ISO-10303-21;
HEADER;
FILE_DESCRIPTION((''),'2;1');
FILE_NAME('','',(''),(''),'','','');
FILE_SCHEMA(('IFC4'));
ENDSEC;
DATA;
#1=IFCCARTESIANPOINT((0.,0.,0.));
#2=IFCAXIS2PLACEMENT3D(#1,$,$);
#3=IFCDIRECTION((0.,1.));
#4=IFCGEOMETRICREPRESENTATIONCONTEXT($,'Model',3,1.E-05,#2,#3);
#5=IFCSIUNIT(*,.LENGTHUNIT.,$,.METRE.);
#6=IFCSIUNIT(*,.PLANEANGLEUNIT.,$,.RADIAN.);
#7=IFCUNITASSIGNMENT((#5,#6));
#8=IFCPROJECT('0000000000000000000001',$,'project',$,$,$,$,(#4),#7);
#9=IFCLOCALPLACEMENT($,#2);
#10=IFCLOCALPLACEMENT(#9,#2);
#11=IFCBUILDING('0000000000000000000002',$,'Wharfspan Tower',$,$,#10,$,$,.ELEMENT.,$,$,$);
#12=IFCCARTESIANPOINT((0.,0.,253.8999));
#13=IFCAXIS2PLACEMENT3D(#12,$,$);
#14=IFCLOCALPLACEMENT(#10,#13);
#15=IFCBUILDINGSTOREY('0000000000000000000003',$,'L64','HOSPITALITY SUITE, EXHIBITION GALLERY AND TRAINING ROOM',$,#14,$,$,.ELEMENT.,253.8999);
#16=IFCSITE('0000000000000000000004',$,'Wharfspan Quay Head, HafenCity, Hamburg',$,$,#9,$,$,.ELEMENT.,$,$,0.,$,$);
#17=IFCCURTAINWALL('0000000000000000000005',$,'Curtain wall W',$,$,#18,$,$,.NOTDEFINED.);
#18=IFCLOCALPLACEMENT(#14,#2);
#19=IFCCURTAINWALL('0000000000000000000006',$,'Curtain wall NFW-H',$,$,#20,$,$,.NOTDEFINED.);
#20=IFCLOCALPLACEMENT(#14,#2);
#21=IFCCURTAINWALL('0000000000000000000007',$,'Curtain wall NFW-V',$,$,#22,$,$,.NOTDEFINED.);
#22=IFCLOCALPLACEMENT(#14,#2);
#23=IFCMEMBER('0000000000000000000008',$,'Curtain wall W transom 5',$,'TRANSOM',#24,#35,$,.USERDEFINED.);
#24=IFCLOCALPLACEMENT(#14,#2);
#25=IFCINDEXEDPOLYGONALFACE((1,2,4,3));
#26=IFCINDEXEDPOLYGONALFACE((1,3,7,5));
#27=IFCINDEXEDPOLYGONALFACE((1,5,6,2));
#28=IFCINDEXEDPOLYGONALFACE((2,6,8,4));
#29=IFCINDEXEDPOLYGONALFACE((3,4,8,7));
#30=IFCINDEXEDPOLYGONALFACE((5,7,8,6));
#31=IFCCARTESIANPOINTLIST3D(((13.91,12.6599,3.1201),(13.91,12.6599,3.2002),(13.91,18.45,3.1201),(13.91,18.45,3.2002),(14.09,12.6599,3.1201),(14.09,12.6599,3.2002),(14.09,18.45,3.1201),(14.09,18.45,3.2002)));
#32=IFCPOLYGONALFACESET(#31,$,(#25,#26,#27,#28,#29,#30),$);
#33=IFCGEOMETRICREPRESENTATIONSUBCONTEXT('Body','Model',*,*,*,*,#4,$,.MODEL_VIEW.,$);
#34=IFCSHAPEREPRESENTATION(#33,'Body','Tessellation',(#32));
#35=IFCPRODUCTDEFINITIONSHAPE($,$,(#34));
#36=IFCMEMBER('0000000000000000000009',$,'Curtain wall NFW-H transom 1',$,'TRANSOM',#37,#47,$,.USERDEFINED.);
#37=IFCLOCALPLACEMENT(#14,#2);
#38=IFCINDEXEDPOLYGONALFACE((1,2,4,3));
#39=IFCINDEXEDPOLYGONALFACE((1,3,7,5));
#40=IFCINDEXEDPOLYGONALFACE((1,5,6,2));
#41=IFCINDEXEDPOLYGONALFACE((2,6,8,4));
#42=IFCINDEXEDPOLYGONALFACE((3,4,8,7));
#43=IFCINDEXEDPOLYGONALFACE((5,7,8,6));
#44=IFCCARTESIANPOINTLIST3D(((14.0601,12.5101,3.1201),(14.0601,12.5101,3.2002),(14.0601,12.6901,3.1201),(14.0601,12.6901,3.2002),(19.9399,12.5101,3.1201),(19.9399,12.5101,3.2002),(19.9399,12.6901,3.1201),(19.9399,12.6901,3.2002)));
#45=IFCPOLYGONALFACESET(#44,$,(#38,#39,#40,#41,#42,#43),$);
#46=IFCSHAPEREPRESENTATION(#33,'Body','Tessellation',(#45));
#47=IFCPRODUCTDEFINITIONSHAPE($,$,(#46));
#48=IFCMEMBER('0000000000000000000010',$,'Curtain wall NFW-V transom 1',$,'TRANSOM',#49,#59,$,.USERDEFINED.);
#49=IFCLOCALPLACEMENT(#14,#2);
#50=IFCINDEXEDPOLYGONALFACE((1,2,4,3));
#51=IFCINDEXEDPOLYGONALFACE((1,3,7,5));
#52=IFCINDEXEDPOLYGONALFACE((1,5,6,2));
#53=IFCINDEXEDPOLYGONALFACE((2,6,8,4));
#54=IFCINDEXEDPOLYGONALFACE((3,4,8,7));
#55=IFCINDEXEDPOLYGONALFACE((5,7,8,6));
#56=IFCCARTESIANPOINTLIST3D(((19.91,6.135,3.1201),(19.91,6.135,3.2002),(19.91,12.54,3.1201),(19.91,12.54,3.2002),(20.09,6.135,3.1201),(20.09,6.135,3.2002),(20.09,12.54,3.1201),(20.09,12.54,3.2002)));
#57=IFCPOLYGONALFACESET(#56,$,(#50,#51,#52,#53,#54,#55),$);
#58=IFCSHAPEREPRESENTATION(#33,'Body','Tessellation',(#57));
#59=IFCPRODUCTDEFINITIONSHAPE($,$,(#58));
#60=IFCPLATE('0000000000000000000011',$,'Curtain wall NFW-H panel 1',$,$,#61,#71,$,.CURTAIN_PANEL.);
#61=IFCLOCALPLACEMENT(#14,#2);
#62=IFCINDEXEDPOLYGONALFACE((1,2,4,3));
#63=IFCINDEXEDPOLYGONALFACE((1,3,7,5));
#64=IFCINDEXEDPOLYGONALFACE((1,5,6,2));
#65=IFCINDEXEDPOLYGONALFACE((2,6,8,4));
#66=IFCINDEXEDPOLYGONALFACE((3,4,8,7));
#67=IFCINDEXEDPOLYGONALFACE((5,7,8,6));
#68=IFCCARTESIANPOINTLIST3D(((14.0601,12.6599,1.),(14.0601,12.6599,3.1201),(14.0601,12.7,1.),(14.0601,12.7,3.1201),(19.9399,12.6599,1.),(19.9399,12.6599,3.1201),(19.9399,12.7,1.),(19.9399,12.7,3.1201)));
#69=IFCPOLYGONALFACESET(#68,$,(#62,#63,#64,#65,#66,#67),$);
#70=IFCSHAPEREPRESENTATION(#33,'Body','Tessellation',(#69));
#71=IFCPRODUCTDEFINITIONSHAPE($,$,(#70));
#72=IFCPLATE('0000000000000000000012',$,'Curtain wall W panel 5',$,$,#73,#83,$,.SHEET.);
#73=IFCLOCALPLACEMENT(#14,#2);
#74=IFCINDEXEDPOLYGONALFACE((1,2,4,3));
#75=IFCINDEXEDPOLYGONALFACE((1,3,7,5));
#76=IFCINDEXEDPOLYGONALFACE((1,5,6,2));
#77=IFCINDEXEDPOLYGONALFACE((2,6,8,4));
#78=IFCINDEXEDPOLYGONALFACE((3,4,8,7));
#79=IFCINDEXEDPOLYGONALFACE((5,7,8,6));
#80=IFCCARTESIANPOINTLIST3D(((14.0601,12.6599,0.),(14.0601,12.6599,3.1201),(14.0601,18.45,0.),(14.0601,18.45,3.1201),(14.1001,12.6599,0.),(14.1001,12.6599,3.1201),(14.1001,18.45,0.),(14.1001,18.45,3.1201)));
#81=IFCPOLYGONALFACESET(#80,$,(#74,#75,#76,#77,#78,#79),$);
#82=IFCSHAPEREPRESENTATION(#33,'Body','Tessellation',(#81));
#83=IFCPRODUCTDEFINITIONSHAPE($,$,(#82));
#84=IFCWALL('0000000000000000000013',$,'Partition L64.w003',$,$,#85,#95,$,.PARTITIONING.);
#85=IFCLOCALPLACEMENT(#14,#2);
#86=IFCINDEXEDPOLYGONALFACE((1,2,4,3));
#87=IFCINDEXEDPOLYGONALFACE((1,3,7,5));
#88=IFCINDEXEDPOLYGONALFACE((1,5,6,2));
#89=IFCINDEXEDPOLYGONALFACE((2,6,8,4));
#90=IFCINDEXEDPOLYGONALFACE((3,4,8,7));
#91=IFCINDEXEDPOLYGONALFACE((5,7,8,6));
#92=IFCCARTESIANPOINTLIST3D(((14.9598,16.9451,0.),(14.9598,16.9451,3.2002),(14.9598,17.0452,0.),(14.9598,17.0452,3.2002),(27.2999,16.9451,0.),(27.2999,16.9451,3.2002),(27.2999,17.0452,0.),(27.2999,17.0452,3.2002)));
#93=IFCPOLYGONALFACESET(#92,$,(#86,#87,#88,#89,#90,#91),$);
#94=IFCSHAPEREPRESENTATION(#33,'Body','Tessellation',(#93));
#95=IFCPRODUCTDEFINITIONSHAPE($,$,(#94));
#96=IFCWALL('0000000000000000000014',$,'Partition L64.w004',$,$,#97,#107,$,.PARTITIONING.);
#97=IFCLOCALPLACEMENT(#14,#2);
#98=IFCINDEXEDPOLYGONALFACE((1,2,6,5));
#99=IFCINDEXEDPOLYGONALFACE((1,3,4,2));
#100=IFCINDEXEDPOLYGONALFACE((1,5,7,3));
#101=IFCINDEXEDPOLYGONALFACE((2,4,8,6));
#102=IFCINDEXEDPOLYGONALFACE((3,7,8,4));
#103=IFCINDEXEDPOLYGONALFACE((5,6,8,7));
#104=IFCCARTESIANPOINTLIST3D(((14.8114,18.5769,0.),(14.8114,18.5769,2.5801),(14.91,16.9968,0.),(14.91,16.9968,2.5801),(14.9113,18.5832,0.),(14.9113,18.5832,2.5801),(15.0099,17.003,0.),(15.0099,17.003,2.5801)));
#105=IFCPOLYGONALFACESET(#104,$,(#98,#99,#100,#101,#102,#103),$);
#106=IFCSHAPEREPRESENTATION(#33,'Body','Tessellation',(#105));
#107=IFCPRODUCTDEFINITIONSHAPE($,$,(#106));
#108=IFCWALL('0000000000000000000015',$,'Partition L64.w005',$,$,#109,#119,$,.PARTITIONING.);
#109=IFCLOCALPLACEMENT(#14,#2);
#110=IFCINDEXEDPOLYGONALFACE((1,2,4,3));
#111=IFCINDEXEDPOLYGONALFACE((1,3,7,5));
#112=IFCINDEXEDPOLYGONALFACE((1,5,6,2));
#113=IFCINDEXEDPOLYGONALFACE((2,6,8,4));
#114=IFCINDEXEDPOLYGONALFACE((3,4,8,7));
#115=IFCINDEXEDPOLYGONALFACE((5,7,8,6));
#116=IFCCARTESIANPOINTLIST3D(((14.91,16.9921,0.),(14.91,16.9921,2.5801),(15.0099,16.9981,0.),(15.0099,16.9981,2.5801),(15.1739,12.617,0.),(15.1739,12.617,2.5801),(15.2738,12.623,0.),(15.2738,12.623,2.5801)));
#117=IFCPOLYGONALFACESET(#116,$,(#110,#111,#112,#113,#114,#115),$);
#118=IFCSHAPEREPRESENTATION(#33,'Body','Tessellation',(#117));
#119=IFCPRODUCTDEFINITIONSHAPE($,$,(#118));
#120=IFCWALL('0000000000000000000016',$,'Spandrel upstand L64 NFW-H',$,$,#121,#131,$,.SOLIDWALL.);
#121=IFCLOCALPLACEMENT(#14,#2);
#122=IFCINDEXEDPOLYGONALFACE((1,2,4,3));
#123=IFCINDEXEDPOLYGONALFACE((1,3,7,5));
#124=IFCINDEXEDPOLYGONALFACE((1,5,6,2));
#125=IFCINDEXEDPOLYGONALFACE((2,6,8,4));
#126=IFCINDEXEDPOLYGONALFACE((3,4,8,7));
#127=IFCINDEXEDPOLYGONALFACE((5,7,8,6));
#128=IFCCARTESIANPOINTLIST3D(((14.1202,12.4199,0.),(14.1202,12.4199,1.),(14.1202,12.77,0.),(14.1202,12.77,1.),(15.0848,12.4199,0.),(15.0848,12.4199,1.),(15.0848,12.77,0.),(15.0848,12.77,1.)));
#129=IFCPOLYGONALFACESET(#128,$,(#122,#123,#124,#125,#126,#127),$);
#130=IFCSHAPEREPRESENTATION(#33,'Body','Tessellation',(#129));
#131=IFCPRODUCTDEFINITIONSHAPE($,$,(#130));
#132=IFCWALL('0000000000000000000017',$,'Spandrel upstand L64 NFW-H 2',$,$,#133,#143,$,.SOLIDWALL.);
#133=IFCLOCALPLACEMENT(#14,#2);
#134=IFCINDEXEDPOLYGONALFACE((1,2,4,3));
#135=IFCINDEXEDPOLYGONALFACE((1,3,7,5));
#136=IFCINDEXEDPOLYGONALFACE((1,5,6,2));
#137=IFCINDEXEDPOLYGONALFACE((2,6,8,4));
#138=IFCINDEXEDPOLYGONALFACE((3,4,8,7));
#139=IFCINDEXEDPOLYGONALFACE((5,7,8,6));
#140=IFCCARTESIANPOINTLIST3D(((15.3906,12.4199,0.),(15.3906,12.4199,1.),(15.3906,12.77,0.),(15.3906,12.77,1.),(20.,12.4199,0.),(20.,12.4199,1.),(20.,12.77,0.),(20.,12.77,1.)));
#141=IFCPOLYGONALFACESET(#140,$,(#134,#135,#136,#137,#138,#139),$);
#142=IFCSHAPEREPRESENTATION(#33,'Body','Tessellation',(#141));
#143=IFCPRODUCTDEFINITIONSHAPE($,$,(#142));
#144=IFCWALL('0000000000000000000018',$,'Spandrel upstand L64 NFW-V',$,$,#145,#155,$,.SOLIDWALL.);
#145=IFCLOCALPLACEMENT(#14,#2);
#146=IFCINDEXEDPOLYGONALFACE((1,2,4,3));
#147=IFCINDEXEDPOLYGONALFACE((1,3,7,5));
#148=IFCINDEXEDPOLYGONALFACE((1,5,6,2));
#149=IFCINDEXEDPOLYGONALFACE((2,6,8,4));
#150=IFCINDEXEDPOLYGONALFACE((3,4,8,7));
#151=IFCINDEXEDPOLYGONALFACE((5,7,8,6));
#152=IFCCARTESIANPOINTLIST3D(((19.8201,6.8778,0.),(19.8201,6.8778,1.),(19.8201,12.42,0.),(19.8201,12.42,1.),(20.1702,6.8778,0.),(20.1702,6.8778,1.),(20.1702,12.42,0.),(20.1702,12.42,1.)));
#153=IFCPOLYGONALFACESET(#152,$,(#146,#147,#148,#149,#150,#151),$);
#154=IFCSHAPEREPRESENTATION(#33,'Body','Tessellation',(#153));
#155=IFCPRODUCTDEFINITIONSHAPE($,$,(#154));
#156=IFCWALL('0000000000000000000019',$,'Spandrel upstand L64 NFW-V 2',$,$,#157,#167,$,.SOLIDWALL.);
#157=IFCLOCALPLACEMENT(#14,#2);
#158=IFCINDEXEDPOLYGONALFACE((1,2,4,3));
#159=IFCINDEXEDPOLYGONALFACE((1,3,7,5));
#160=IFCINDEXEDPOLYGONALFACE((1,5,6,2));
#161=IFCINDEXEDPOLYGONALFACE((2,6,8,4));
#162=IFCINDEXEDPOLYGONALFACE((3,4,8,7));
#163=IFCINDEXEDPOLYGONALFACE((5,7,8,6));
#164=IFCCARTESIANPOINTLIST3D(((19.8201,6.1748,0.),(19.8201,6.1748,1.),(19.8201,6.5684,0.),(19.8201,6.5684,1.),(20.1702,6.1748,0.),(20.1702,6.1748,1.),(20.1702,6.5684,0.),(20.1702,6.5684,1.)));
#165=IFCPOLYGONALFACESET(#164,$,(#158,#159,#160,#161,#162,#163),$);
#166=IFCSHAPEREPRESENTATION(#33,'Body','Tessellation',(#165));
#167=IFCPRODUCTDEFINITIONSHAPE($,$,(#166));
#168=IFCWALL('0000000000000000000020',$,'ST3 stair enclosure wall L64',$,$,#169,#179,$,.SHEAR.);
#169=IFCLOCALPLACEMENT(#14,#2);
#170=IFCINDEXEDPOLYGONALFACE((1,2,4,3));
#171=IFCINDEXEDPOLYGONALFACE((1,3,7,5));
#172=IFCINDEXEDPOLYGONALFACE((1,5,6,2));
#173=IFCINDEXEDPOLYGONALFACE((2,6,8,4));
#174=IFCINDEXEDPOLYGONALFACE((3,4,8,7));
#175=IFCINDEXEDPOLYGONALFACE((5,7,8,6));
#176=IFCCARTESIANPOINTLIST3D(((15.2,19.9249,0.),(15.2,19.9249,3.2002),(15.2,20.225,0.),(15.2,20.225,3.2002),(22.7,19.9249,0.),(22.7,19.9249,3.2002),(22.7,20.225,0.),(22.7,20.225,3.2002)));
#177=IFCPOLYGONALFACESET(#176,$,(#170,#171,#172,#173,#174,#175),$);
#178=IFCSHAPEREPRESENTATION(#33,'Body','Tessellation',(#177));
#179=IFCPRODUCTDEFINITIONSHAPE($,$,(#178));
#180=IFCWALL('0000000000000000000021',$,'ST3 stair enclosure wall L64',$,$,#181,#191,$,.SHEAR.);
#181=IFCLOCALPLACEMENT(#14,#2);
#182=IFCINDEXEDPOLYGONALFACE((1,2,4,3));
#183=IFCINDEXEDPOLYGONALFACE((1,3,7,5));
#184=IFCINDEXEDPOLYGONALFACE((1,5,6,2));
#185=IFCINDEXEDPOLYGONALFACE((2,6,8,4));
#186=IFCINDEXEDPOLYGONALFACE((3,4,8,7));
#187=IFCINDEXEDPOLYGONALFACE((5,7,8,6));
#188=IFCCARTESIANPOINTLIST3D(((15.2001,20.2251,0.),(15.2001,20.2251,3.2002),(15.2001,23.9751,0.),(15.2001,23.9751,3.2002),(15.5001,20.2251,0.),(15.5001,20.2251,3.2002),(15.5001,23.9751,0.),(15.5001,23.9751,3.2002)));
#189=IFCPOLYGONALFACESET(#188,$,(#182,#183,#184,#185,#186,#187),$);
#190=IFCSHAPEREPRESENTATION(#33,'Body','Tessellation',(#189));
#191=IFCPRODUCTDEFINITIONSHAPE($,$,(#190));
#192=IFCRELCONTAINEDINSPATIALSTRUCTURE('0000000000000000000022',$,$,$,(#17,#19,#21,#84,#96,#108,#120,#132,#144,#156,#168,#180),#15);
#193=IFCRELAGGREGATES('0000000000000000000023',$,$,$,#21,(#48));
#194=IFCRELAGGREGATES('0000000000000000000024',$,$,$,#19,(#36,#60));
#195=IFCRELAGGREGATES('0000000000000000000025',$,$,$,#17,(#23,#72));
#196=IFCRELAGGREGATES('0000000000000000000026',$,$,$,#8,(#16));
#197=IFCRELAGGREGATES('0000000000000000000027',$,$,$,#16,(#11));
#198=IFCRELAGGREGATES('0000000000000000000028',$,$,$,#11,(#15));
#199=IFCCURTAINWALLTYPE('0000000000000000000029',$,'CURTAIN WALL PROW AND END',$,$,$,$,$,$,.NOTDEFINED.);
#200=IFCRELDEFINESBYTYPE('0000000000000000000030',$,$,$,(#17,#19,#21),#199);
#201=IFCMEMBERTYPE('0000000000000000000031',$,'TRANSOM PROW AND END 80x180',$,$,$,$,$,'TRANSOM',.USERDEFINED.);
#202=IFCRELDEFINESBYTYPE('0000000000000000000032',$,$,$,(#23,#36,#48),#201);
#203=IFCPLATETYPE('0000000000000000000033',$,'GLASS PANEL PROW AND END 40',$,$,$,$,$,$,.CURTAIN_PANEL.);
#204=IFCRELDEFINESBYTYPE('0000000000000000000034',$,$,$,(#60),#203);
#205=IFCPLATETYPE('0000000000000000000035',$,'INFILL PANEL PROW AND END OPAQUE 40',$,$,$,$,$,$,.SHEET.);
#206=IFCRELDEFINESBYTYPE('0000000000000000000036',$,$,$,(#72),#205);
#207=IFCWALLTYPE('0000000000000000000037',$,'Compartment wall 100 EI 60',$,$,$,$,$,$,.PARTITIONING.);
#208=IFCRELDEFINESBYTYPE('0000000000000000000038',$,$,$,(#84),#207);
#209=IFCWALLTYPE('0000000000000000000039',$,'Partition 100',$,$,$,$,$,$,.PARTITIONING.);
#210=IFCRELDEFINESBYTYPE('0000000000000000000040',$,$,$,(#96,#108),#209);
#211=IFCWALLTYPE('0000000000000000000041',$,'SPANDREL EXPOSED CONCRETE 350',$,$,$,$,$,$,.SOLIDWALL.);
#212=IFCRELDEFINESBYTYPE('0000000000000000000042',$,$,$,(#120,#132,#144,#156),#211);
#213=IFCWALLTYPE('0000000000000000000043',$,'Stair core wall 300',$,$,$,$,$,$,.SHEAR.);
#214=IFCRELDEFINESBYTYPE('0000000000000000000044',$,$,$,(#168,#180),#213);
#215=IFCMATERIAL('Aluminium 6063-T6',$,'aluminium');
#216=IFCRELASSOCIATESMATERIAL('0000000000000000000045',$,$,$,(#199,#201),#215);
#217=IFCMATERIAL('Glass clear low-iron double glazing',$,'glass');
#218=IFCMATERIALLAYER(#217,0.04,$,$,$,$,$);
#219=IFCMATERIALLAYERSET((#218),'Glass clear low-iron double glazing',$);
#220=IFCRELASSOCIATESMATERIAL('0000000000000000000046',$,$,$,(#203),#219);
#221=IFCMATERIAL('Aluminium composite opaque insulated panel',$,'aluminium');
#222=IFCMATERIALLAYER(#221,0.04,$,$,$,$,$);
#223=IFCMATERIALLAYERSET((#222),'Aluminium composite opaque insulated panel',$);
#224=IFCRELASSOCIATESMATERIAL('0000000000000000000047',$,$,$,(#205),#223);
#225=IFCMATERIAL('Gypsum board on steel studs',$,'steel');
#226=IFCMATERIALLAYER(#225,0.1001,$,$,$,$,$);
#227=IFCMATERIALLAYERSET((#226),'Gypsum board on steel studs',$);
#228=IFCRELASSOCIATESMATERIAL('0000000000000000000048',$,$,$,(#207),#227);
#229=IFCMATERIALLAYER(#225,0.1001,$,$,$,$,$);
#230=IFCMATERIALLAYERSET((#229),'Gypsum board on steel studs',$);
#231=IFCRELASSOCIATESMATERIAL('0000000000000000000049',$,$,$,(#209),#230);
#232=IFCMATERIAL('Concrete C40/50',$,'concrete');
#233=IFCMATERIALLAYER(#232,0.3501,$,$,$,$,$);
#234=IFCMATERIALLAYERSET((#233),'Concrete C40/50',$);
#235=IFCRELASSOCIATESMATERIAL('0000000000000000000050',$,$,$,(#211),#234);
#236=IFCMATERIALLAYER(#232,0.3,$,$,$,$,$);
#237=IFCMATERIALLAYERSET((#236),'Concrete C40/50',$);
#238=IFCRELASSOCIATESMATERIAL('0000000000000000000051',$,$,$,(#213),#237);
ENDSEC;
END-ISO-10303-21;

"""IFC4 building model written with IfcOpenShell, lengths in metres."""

from ifc_helpers import new_model, si_unit, direction, frame, frame_2d, origin, origin_2d, place, context, subcontext, project, spatial, rectangle, extrude, material, layer, layer_set, material_profile, profile_set, type_object, element, aggregate, save


model = new_model("IFC4")

# Units and contexts
model_context = context("Model", 3, precision=1e-05, world=origin(), true_north=direction((0.0, 1.0)))
body_context = subcontext(model_context, "Body", "Model", "MODEL_VIEW")
ifc_project = project(units=[si_unit("LENGTHUNIT", "METRE"), si_unit("PLANEANGLEUNIT", "RADIAN")], contexts=[model_context])

# Site, building, storey
site_placement = place(None, origin())
site = spatial("IfcSite", under=ifc_project, at=site_placement, Name="Wharfspan Quay Head, HafenCity, Hamburg", CompositionType="ELEMENT", RefElevation=0.0)
building_placement = place(site_placement, origin())
building = spatial("IfcBuilding", under=site, at=building_placement, Name="Wharfspan Tower", CompositionType="ELEMENT")
storey_placement = place(building_placement, frame((0.0, 0.0, 253.8999)))
storey = spatial("IfcBuildingStorey", under=building, at=storey_placement, Name="L64", Description="HOSPITALITY SUITE, EXHIBITION GALLERY AND TRAINING ROOM", CompositionType="ELEMENT", Elevation=253.8999)

# Curtain walls
ifc_material_1 = material(Name="Aluminium 6063-T6", Category="aluminium")
curtain_wall_type = type_object("IfcCurtainWallType", Name="CURTAIN WALL PROW AND END", PredefinedType="NOTDEFINED", material=ifc_material_1)
curtain_wall_1_placement = place(storey_placement, origin())
curtain_wall_1 = element("IfcCurtainWall", 1, at=curtain_wall_1_placement, inside=storey, type_object=curtain_wall_type, Name="Curtain wall W", PredefinedType="NOTDEFINED")
curtain_wall_2_placement = place(storey_placement, origin())
curtain_wall_2 = element("IfcCurtainWall", 2, at=curtain_wall_2_placement, inside=storey, type_object=curtain_wall_type, Name="Curtain wall NFW-H", PredefinedType="NOTDEFINED")

# Curtain wall
curtain_wall_3_placement = place(storey_placement, origin())
curtain_wall_3 = element("IfcCurtainWall", 3, at=curtain_wall_3_placement, inside=storey, type_object=curtain_wall_type, Name="Curtain wall NFW-V", PredefinedType="NOTDEFINED")

# Members
ifc_material_profile_1 = material_profile(ifc_material_1, rectangle(XDim=0.1799, YDim=0.0801, at=origin_2d()))
ifc_profile_set_1 = profile_set([ifc_material_profile_1], Name="Aluminium 6063-T6")
member_type_1 = type_object("IfcMemberType", Name="TRANSOM PROW AND END 80x180", ElementType="TRANSOM", PredefinedType="USERDEFINED", material=ifc_profile_set_1)
member_1_placement = place(storey_placement, frame((14.0, 18.45, 3.1602), z_axis=(0.0, -1.0, 0.0), x_axis=(1.0, 0.0, 0.0)))
member_1 = element("IfcMember", 4, at=member_1_placement, type_object=member_type_1, Name="Curtain wall W transom 5", ObjectType="TRANSOM", PredefinedType="USERDEFINED", context=body_context, shape_type="SweptSolid", body=[
    extrude(rectangle(XDim=0.1799, YDim=0.0801, at=origin_2d()), origin(), (0.0, 0.0, 1.0), 5.79),
])
member_2_placement = place(storey_placement, frame((14.0601, 12.6001, 3.1602), z_axis=(1.0, 0.0, 0.0), x_axis=(0.0, 1.0, 0.0)))
member_2 = element("IfcMember", 5, at=member_2_placement, type_object=member_type_1, Name="Curtain wall NFW-H transom 1", ObjectType="TRANSOM", PredefinedType="USERDEFINED", context=body_context, shape_type="SweptSolid", body=[
    extrude(rectangle(XDim=0.1799, YDim=0.0801, at=origin_2d()), origin(), (0.0, 0.0, 1.0), 5.8799),
])
member_3_placement = place(storey_placement, frame((20.0, 12.54, 3.1602), z_axis=(0.0, -1.0, 0.0), x_axis=(1.0, 0.0, 0.0)))
member_3 = element("IfcMember", 6, at=member_3_placement, type_object=member_type_1, Name="Curtain wall NFW-V transom 1", ObjectType="TRANSOM", PredefinedType="USERDEFINED", context=body_context, shape_type="SweptSolid", body=[
    extrude(rectangle(XDim=0.1799, YDim=0.0801, at=origin_2d()), origin(), (0.0, 0.0, 1.0), 6.405),
])
aggregate(curtain_wall_3, [member_3])

# Plates
ifc_material_2 = material(Name="Glass clear low-iron double glazing", Category="glass")
ifc_layer_1 = layer(ifc_material_2, 0.04)
ifc_layer_set_1 = layer_set([ifc_layer_1], Name="Glass clear low-iron double glazing")
plate_type_1 = type_object("IfcPlateType", Name="GLASS PANEL PROW AND END 40", PredefinedType="CURTAIN_PANEL", material=ifc_layer_set_1)
plate_1_placement = place(storey_placement, frame((17.0, 12.6799, 1.0), z_axis=(0.0, 0.0, 1.0), x_axis=(1.0, 0.0, 0.0)))
plate_1 = element("IfcPlate", 7, at=plate_1_placement, type_object=plate_type_1, Name="Curtain wall NFW-H panel 1", PredefinedType="CURTAIN_PANEL", context=body_context, shape_type="SweptSolid", body=[
    extrude(rectangle(XDim=5.8799, YDim=0.04, at=origin_2d()), origin(), (0.0, 0.0, 1.0), 2.1201),
])
aggregate(curtain_wall_2, [member_2, plate_1])
ifc_material_3 = material(Name="Aluminium composite opaque insulated panel", Category="aluminium")
ifc_layer_2 = layer(ifc_material_3, 0.04)
ifc_layer_set_2 = layer_set([ifc_layer_2], Name="Aluminium composite opaque insulated panel")
plate_type_2 = type_object("IfcPlateType", Name="INFILL PANEL PROW AND END OPAQUE 40", PredefinedType="SHEET", material=ifc_layer_set_2)
plate_2_placement = place(storey_placement, frame((14.0801, 15.5549, 0.0), z_axis=(0.0, 0.0, 1.0), x_axis=(0.0, -1.0, 0.0)))
plate_2 = element("IfcPlate", 8, at=plate_2_placement, type_object=plate_type_2, Name="Curtain wall W panel 5", PredefinedType="SHEET", context=body_context, shape_type="SweptSolid", body=[
    extrude(rectangle(XDim=5.79, YDim=0.04, at=origin_2d()), origin(), (0.0, 0.0, 1.0), 3.1201),
])
aggregate(curtain_wall_1, [member_1, plate_2])

# Walls
ifc_material_4 = material(Name="Gypsum board on steel studs", Category="steel")
ifc_layer_3 = layer(ifc_material_4, 0.1001)
ifc_layer_set_3 = layer_set([ifc_layer_3], Name="Gypsum board on steel studs")
wall_type_1 = type_object("IfcWallType", Name="Compartment wall 100 EI 60", PredefinedType="PARTITIONING", material=ifc_layer_set_3)
wall_1_placement = place(storey_placement, frame((14.96, 16.9951, 0.0), z_axis=(0.0, 0.0, 1.0), x_axis=(1.0, 0.0, 0.0)))
element("IfcWall", 9, at=wall_1_placement, inside=storey, type_object=wall_type_1, Name="Partition L64.w003", PredefinedType="PARTITIONING", context=body_context, shape_type="SweptSolid", body=[
    extrude(rectangle(XDim=12.3401, YDim=0.1001, at=frame_2d((6.1699, 0.0))), origin(), (0.0, 0.0, 1.0), 3.2002),
])
ifc_layer_4 = layer(ifc_material_4, 0.1001)
ifc_layer_set_4 = layer_set([ifc_layer_4], Name="Gypsum board on steel studs")
wall_type_2 = type_object("IfcWallType", Name="Partition 100", PredefinedType="PARTITIONING", material=ifc_layer_set_4)
wall_2_placement = place(storey_placement, frame((14.96, 17.0, 0.0), z_axis=(0.0, 0.0, 1.0), x_axis=(-0.062301, 0.998053, 0.0)))
element("IfcWall", 10, at=wall_2_placement, inside=storey, type_object=wall_type_2, Name="Partition L64.w004", PredefinedType="PARTITIONING", context=body_context, shape_type="SweptSolid", body=[
    extrude(rectangle(XDim=1.5833, YDim=0.1001, at=frame_2d((0.7915, 0.0))), origin(), (0.0, 0.0, 1.0), 2.5801),
])
wall_3_placement = place(storey_placement, frame((15.2239, 12.6201, 0.0), z_axis=(0.0, 0.0, 1.0), x_axis=(-0.060214, 0.998182, 0.0)))
element("IfcWall", 11, at=wall_3_placement, inside=storey, type_object=wall_type_2, Name="Partition L64.w005", PredefinedType="PARTITIONING", context=body_context, shape_type="SweptSolid", body=[
    extrude(rectangle(XDim=4.3831, YDim=0.1001, at=frame_2d((2.1914, 0.0))), origin(), (0.0, 0.0, 1.0), 2.5801),
])
ifc_material_5 = material(Name="Concrete C40/50", Category="concrete")
ifc_layer_5 = layer(ifc_material_5, 0.3501)
ifc_layer_set_5 = layer_set([ifc_layer_5], Name="Concrete C40/50")
wall_type_3 = type_object("IfcWallType", Name="SPANDREL EXPOSED CONCRETE 350", PredefinedType="SOLIDWALL", material=ifc_layer_set_5)
wall_4_placement = place(storey_placement, frame((14.1201, 12.595, 0.0), z_axis=(0.0, 0.0, 1.0), x_axis=(1.0, 0.0, 0.0)))
element("IfcWall", 12, at=wall_4_placement, inside=storey, type_object=wall_type_3, Name="Spandrel upstand L64 NFW-H", PredefinedType="SOLIDWALL", context=body_context, shape_type="SweptSolid", body=[
    extrude(rectangle(XDim=0.9646, YDim=0.3501, at=frame_2d((0.4824, 0.0))), origin(), (0.0, 0.0, 1.0), 1.0),
])
wall_5_placement = place(storey_placement, frame((15.3906, 12.595, 0.0), z_axis=(0.0, 0.0, 1.0), x_axis=(1.0, 0.0, 0.0)))
element("IfcWall", 13, at=wall_5_placement, inside=storey, type_object=wall_type_3, Name="Spandrel upstand L64 NFW-H 2", PredefinedType="SOLIDWALL", context=body_context, shape_type="SweptSolid", body=[
    extrude(rectangle(XDim=4.6094, YDim=0.3501, at=frame_2d((2.3047, 0.0))), origin(), (0.0, 0.0, 1.0), 1.0),
])
wall_6_placement = place(storey_placement, frame((19.9951, 12.4199, 0.0), z_axis=(0.0, 0.0, 1.0), x_axis=(0.0, -1.0, 0.0)))
element("IfcWall", 14, at=wall_6_placement, inside=storey, type_object=wall_type_3, Name="Spandrel upstand L64 NFW-V", PredefinedType="SOLIDWALL", context=body_context, shape_type="SweptSolid", body=[
    extrude(rectangle(XDim=5.5422, YDim=0.3501, at=frame_2d((2.771, 0.0))), origin(), (0.0, 0.0, 1.0), 1.0),
])
wall_7_placement = place(storey_placement, frame((19.9951, 6.5684, 0.0), z_axis=(0.0, 0.0, 1.0), x_axis=(0.0, -1.0, 0.0)))
element("IfcWall", 15, at=wall_7_placement, inside=storey, type_object=wall_type_3, Name="Spandrel upstand L64 NFW-V 2", PredefinedType="SOLIDWALL", context=body_context, shape_type="SweptSolid", body=[
    extrude(rectangle(XDim=0.3936, YDim=0.3501, at=frame_2d((0.1968, 0.0))), origin(), (0.0, 0.0, 1.0), 1.0),
])
ifc_layer_6 = layer(ifc_material_5, 0.3)
ifc_layer_set_6 = layer_set([ifc_layer_6], Name="Concrete C40/50")
wall_type_4 = type_object("IfcWallType", Name="Stair core wall 300", PredefinedType="SHEAR", material=ifc_layer_set_6)
wall_8_placement = place(storey_placement, frame((15.2, 20.075, 0.0), z_axis=(0.0, 0.0, 1.0), x_axis=(1.0, 0.0, 0.0)))
element("IfcWall", 16, at=wall_8_placement, inside=storey, type_object=wall_type_4, Name="ST3 stair enclosure wall L64", PredefinedType="SHEAR", context=body_context, shape_type="SweptSolid", body=[
    extrude(rectangle(XDim=7.5, YDim=0.3, at=frame_2d((3.75, 0.0))), origin(), (0.0, 0.0, 1.0), 3.2002),
])
wall_9_placement = place(storey_placement, frame((15.3501, 20.2251, 0.0), z_axis=(0.0, 0.0, 1.0), x_axis=(0.0, 1.0, 0.0)))
element("IfcWall", 17, at=wall_9_placement, inside=storey, type_object=wall_type_4, Name="ST3 stair enclosure wall L64", PredefinedType="SHEAR", context=body_context, shape_type="SweptSolid", body=[
    extrude(rectangle(XDim=3.75, YDim=0.3, at=frame_2d((1.875, 0.0))), origin(), (0.0, 0.0, 1.0), 3.2002),
])

save(model, "model.ifc")
